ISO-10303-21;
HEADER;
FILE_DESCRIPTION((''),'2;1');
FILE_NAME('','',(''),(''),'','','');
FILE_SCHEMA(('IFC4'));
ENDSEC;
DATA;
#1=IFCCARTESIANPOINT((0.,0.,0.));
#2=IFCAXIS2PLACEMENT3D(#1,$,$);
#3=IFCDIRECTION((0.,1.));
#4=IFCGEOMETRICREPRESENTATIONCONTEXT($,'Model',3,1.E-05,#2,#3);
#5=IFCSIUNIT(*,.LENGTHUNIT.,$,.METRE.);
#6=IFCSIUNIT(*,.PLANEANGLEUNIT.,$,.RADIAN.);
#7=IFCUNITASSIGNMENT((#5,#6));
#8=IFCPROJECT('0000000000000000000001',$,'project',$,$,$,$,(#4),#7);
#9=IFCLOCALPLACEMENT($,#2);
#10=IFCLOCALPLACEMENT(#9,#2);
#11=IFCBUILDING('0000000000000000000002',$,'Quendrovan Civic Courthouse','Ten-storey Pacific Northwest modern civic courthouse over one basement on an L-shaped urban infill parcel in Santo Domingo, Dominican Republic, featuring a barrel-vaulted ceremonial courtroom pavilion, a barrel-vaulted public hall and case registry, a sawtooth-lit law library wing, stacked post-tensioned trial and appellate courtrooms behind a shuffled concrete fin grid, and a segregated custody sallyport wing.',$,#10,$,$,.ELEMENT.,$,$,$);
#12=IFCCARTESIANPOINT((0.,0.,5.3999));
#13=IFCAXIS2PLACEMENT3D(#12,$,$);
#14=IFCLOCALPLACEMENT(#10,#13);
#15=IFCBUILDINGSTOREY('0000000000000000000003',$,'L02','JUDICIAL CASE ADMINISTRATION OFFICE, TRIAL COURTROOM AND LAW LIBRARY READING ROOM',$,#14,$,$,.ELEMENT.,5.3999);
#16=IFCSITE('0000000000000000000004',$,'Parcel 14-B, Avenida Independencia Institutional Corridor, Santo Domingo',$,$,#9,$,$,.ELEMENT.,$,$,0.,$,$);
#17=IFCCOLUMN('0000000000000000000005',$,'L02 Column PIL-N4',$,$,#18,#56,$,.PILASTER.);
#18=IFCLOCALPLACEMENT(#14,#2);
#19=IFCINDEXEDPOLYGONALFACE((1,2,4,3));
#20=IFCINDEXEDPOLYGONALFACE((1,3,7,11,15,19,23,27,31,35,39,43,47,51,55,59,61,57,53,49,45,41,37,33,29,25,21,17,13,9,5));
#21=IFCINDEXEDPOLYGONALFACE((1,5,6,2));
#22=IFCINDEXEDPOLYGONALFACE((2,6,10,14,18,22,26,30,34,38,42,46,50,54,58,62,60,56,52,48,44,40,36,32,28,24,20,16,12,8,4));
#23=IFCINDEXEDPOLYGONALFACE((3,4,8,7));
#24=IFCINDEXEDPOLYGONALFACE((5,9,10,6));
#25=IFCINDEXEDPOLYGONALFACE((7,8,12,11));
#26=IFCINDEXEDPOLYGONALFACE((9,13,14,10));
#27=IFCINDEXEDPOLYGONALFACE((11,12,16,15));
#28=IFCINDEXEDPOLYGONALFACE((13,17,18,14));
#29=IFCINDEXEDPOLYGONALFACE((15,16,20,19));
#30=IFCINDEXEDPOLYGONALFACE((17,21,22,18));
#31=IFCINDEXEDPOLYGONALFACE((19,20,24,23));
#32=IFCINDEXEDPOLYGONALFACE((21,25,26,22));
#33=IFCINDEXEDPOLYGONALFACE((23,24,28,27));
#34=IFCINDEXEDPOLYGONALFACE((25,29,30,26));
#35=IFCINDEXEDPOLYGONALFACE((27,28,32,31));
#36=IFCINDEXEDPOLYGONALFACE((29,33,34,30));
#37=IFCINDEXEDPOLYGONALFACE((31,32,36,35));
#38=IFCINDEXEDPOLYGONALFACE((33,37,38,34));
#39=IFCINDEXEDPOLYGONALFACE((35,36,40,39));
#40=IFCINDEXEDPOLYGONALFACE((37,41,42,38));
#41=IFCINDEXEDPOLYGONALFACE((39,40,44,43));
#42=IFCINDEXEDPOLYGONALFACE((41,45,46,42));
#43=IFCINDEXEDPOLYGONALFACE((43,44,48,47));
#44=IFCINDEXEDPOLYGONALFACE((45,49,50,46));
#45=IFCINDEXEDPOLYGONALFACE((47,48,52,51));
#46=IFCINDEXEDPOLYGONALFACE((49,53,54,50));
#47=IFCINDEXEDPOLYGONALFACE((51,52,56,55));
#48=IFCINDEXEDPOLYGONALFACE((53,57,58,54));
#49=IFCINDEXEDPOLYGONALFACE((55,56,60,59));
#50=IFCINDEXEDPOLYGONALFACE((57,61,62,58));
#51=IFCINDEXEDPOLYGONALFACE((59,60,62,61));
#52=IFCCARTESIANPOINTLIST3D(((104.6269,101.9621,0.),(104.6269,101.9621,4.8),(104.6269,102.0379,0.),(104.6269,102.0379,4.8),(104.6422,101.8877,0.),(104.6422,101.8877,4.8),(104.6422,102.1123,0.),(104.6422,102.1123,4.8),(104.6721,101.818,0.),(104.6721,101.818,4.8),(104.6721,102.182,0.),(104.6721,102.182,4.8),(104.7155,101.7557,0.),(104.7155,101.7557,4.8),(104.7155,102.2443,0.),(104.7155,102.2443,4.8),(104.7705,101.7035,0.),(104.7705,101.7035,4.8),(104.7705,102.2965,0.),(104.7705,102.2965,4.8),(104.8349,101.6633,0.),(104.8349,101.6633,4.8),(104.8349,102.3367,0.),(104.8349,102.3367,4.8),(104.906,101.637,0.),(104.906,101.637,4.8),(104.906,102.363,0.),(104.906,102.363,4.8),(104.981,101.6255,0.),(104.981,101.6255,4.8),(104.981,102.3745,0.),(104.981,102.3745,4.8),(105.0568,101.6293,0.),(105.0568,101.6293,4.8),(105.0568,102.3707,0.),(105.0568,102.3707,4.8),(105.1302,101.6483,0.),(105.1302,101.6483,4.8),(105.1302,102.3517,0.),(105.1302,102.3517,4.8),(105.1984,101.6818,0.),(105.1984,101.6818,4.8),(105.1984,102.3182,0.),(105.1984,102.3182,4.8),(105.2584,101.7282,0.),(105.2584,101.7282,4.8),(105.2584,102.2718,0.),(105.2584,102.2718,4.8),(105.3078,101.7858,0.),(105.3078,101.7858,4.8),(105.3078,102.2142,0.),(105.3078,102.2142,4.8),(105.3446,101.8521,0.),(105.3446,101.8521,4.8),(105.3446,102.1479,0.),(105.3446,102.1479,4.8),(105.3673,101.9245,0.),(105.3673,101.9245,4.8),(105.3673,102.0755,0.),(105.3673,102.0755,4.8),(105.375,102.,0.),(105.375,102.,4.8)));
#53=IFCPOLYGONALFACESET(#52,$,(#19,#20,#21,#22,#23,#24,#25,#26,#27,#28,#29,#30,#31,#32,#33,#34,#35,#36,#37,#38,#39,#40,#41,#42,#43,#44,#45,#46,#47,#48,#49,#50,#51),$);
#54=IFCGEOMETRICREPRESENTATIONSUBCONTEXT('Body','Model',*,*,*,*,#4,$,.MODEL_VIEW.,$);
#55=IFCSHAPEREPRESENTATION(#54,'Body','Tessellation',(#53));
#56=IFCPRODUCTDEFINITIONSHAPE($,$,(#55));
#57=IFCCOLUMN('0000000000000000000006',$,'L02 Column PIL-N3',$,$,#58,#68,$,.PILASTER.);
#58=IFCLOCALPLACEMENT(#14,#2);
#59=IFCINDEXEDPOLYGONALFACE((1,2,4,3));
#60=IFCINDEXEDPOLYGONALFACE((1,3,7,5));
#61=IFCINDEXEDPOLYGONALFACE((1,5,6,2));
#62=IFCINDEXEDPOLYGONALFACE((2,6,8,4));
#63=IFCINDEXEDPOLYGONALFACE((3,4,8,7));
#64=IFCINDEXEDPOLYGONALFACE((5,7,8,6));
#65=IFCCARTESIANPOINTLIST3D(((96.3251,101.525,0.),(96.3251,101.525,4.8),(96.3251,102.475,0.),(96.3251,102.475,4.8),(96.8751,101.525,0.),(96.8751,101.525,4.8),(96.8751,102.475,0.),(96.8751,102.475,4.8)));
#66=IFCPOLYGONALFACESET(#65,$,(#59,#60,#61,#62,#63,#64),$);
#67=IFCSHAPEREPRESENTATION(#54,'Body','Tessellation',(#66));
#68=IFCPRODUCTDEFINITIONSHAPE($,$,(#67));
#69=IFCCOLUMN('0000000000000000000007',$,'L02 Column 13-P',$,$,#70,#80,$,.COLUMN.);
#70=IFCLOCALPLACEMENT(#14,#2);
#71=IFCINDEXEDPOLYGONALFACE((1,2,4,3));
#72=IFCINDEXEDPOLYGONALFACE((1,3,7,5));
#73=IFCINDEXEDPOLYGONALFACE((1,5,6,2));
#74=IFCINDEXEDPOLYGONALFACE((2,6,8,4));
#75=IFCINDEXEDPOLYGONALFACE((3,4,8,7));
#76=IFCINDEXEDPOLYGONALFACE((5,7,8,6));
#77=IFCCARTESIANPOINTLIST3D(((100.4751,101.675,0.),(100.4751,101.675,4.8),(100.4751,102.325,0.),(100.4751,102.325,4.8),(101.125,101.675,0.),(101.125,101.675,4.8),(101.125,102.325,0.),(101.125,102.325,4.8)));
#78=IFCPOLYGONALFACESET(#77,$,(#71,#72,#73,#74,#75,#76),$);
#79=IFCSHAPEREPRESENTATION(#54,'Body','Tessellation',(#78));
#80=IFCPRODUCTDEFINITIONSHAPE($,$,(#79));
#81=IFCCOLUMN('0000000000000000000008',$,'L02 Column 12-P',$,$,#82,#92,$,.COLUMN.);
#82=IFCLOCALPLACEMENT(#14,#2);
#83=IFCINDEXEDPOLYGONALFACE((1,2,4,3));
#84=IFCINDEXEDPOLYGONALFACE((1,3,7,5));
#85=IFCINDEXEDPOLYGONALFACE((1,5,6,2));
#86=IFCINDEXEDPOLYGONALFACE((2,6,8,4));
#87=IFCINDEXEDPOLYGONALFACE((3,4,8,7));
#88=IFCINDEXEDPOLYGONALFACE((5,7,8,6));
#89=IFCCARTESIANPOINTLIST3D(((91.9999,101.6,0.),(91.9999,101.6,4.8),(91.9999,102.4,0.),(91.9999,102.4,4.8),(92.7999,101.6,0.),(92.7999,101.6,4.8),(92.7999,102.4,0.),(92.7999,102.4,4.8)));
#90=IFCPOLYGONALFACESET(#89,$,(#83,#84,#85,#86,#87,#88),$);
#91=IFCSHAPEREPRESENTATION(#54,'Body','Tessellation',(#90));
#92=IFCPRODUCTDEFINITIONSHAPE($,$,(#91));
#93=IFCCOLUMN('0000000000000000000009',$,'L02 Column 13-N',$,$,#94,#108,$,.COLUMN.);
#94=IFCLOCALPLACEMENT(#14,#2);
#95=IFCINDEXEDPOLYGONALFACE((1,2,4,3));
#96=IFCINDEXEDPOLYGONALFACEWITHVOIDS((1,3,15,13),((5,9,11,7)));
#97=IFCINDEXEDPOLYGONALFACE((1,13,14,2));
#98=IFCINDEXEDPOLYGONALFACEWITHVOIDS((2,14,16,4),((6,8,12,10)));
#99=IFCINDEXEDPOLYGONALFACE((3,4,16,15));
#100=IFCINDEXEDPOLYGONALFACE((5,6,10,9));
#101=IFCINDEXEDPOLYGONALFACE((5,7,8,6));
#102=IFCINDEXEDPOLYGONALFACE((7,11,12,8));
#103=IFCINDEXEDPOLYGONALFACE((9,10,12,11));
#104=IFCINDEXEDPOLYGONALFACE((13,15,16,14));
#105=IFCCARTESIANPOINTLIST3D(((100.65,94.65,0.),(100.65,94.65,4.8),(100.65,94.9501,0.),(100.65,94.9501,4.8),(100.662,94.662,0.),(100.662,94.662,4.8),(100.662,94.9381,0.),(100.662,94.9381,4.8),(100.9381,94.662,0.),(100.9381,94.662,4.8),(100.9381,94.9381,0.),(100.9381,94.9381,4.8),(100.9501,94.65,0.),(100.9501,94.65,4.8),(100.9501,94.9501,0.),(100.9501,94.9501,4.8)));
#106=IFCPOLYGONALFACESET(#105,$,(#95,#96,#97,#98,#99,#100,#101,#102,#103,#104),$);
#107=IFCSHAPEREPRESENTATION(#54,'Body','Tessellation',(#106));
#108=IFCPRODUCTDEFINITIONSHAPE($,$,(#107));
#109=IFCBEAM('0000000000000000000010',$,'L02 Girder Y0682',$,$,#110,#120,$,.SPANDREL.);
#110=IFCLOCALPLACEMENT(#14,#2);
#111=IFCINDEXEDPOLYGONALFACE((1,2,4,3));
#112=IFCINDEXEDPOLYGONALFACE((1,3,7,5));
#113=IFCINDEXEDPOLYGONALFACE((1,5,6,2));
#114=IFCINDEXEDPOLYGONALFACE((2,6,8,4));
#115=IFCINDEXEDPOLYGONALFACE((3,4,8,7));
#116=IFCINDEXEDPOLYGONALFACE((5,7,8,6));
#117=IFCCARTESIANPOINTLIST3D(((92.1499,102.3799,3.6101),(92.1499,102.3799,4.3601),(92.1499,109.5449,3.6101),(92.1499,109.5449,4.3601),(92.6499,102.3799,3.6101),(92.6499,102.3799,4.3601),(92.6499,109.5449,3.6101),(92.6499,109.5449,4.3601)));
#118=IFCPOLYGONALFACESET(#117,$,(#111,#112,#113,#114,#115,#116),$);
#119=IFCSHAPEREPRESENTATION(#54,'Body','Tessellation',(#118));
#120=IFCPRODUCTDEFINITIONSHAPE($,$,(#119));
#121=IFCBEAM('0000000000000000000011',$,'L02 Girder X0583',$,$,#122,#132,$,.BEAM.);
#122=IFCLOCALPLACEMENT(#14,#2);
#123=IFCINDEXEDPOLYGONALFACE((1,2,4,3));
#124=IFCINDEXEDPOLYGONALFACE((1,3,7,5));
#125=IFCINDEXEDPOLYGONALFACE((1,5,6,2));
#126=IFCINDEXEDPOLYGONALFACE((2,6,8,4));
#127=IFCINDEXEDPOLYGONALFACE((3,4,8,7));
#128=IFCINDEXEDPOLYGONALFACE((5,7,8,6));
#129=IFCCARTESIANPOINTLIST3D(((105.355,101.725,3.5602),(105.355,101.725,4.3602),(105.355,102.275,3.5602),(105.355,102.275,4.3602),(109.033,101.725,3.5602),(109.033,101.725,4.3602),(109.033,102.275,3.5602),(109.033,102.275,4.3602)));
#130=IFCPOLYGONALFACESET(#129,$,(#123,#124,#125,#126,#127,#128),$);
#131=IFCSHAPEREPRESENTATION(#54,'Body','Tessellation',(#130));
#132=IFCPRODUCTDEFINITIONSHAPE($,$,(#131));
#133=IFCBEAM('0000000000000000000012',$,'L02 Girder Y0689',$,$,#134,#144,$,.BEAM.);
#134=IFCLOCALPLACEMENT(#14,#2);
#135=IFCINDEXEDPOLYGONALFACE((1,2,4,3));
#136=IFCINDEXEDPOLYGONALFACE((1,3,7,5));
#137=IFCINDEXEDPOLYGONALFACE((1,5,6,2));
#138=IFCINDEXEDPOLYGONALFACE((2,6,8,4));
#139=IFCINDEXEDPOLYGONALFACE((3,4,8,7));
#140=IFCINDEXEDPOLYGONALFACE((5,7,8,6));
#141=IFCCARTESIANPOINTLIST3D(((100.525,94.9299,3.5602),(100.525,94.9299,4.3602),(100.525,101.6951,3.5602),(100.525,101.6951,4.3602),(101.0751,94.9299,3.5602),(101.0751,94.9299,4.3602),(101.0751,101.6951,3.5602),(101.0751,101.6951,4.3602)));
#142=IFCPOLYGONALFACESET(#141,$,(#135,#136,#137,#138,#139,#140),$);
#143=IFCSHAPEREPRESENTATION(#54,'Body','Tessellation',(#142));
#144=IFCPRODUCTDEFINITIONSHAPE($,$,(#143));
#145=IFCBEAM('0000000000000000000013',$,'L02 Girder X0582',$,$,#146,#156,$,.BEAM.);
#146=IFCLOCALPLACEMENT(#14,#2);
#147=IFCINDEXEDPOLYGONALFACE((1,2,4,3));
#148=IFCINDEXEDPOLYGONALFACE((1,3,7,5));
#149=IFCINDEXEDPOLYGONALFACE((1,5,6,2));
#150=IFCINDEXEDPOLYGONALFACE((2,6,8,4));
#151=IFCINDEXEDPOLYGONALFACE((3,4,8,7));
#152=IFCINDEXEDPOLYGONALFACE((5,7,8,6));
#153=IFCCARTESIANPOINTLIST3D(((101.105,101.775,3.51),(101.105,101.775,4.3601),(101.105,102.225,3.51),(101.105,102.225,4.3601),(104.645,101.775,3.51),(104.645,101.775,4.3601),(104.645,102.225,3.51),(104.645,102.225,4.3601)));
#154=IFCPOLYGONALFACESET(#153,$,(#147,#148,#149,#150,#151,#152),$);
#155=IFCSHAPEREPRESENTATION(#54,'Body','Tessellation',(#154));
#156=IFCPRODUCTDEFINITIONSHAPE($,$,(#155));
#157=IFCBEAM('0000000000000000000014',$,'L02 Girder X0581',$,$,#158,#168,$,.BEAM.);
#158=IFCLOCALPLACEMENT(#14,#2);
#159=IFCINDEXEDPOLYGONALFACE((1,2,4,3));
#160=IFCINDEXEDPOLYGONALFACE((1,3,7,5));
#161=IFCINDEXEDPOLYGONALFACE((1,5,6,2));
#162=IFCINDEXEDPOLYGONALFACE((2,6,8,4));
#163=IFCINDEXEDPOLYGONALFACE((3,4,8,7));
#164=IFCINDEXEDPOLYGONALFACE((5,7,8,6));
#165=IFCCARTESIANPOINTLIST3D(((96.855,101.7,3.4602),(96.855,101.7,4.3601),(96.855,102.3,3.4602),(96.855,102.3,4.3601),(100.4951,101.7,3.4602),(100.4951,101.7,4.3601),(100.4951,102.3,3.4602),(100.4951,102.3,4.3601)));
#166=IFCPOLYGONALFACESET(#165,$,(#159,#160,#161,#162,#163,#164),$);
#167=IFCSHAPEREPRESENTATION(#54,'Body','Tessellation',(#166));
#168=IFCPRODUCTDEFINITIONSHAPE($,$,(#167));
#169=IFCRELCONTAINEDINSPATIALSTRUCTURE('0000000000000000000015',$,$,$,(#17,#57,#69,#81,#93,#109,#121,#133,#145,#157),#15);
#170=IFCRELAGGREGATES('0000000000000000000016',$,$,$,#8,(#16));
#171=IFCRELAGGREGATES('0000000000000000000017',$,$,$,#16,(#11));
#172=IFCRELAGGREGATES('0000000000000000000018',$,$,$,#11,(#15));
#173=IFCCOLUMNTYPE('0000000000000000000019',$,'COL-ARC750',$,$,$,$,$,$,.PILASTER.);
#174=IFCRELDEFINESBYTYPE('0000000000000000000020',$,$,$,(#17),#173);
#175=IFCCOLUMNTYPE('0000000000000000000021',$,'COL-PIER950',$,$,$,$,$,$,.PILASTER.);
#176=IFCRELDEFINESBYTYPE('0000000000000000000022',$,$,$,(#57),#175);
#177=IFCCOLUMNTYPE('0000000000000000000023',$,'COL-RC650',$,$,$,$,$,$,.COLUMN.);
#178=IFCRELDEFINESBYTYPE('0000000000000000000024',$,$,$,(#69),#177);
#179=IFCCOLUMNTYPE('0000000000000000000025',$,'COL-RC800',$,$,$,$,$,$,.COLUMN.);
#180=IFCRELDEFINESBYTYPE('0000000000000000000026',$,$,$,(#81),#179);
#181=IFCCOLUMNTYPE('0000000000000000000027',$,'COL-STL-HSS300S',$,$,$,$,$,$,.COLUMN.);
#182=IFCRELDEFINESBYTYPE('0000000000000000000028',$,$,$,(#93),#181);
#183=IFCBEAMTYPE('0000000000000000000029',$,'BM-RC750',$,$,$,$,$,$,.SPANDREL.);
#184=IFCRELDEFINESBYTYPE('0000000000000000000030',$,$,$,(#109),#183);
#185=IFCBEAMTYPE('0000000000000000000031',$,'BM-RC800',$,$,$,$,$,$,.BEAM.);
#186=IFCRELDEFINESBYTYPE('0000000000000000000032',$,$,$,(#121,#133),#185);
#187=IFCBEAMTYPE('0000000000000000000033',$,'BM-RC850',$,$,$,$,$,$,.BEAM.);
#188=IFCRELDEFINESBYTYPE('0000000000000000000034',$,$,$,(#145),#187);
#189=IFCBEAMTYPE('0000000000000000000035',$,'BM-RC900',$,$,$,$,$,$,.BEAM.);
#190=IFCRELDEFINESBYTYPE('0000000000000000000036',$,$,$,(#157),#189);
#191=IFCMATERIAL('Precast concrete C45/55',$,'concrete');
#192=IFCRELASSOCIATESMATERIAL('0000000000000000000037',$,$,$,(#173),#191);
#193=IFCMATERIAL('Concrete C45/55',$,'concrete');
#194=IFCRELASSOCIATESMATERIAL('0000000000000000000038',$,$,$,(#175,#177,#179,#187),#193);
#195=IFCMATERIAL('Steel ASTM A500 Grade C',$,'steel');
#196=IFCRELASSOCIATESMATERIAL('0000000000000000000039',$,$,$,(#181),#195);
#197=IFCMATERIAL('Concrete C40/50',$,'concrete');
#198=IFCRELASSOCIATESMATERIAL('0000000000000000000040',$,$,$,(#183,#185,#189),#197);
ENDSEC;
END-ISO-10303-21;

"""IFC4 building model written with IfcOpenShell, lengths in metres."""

from ifc_helpers import new_model, si_unit, direction, frame, origin, origin_2d, place, context, subcontext, project, spatial, rectangle, hollow_rectangle, circle, extrude, material, material_profile, profile_set, type_object, element, save


model = new_model("IFC4")

# Units and contexts
model_context = context("Model", 3, precision=1e-05, world=origin(), true_north=direction((0.0, 1.0)))
body_context = subcontext(model_context, "Body", "Model", "MODEL_VIEW")
ifc_project = project(units=[si_unit("LENGTHUNIT", "METRE"), si_unit("PLANEANGLEUNIT", "RADIAN")], contexts=[model_context])

# Site, building, storey
site_placement = place(None, origin())
site = spatial("IfcSite", under=ifc_project, at=site_placement, Name="Parcel 14-B, Avenida Independencia Institutional Corridor, Santo Domingo", CompositionType="ELEMENT", RefElevation=0.0)
building_placement = place(site_placement, origin())
building = spatial("IfcBuilding", under=site, at=building_placement, Name="Quendrovan Civic Courthouse", Description="Ten-storey Pacific Northwest modern civic courthouse over one basement on an L-shaped urban infill parcel in Santo Domingo, Dominican Republic, featuring a barrel-vaulted ceremonial courtroom pavilion, a barrel-vaulted public hall and case registry, a sawtooth-lit law library wing, stacked post-tensioned trial and appellate courtrooms behind a shuffled concrete fin grid, and a segregated custody sallyport wing.", CompositionType="ELEMENT")
storey_placement = place(building_placement, frame((0.0, 0.0, 5.3999)))
storey = spatial("IfcBuildingStorey", under=building, at=storey_placement, Name="L02", Description="JUDICIAL CASE ADMINISTRATION OFFICE, TRIAL COURTROOM AND LAW LIBRARY READING ROOM", CompositionType="ELEMENT", Elevation=5.3999)

# Columns
ifc_material_1 = material(Name="Precast concrete C45/55", Category="concrete")
ifc_material_profile_1 = material_profile(ifc_material_1, circle(Radius=0.375, at=origin_2d()), Name="RC-ARCADE-D750")
ifc_profile_set_1 = profile_set([ifc_material_profile_1], Name="Precast concrete C45/55")
column_type_1 = type_object("IfcColumnType", Name="COL-ARC750", PredefinedType="PILASTER", material=ifc_profile_set_1)
column_1_placement = place(storey_placement, frame((105.0, 102.0, 0.0), z_axis=(0.0, 0.0, 1.0), x_axis=(1.0, 0.0, 0.0)))
element("IfcColumn", 1, at=column_1_placement, inside=storey, type_object=column_type_1, Name="L02 Column PIL-N4", PredefinedType="PILASTER", context=body_context, shape_type="SweptSolid", body=[
    extrude(circle(Radius=0.375, at=origin_2d()), origin(), (0.0, 0.0, 1.0), 4.8),
])
ifc_material_2 = material(Name="Concrete C45/55", Category="concrete")
ifc_material_profile_2 = material_profile(ifc_material_2, rectangle(XDim=0.55, YDim=0.95, at=origin_2d()), Name="RC-PIER-550x950")
ifc_profile_set_2 = profile_set([ifc_material_profile_2], Name="Concrete C45/55")
column_type_2 = type_object("IfcColumnType", Name="COL-PIER950", PredefinedType="PILASTER", material=ifc_profile_set_2)
column_2_placement = place(storey_placement, frame((96.6001, 102.0, 0.0), z_axis=(0.0, 0.0, 1.0), x_axis=(1.0, 0.0, 0.0)))
element("IfcColumn", 2, at=column_2_placement, inside=storey, type_object=column_type_2, Name="L02 Column PIL-N3", PredefinedType="PILASTER", context=body_context, shape_type="SweptSolid", body=[
    extrude(rectangle(XDim=0.55, YDim=0.95, at=origin_2d()), origin(), (0.0, 0.0, 1.0), 4.8),
])
ifc_material_profile_3 = material_profile(ifc_material_2, rectangle(XDim=0.6499, YDim=0.6499, at=origin_2d()), Name="RC-COL-650x650")
ifc_profile_set_3 = profile_set([ifc_material_profile_3], Name="Concrete C45/55")
column_type_3 = type_object("IfcColumnType", Name="COL-RC650", PredefinedType="COLUMN", material=ifc_profile_set_3)
column_3_placement = place(storey_placement, frame((100.8, 102.0, 0.0), z_axis=(0.0, 0.0, 1.0), x_axis=(1.0, 0.0, 0.0)))
element("IfcColumn", 3, at=column_3_placement, inside=storey, type_object=column_type_3, Name="L02 Column 13-P", PredefinedType="COLUMN", context=body_context, shape_type="SweptSolid", body=[
    extrude(rectangle(XDim=0.6499, YDim=0.6499, at=origin_2d()), origin(), (0.0, 0.0, 1.0), 4.8),
])
ifc_material_profile_4 = material_profile(ifc_material_2, rectangle(XDim=0.8, YDim=0.8, at=origin_2d()), Name="RC-COL-800x800")
ifc_profile_set_4 = profile_set([ifc_material_profile_4], Name="Concrete C45/55")
column_type_4 = type_object("IfcColumnType", Name="COL-RC800", PredefinedType="COLUMN", material=ifc_profile_set_4)
column_4_placement = place(storey_placement, frame((92.3999, 102.0, 0.0), z_axis=(0.0, 0.0, 1.0), x_axis=(1.0, 0.0, 0.0)))
element("IfcColumn", 4, at=column_4_placement, inside=storey, type_object=column_type_4, Name="L02 Column 12-P", PredefinedType="COLUMN", context=body_context, shape_type="SweptSolid", body=[
    extrude(rectangle(XDim=0.8, YDim=0.8, at=origin_2d()), origin(), (0.0, 0.0, 1.0), 4.8),
])
ifc_material_3 = material(Name="Steel ASTM A500 Grade C", Category="steel")
ifc_material_profile_5 = material_profile(ifc_material_3, hollow_rectangle(XDim=0.3, YDim=0.3, WallThickness=0.012, at=origin_2d()), Name="HSS300x300x12")
ifc_profile_set_5 = profile_set([ifc_material_profile_5], Name="Steel ASTM A500 Grade C")
column_type_5 = type_object("IfcColumnType", Name="COL-STL-HSS300S", PredefinedType="COLUMN", material=ifc_profile_set_5)
column_5_placement = place(storey_placement, frame((100.8, 94.8, 0.0), z_axis=(0.0, 0.0, 1.0), x_axis=(1.0, 0.0, 0.0)))
element("IfcColumn", 5, at=column_5_placement, inside=storey, type_object=column_type_5, Name="L02 Column 13-N", PredefinedType="COLUMN", context=body_context, shape_type="SweptSolid", body=[
    extrude(hollow_rectangle(XDim=0.3, YDim=0.3, WallThickness=0.012, at=origin_2d()), origin(), (0.0, 0.0, 1.0), 4.8),
])

# Beams
ifc_material_4 = material(Name="Concrete C40/50", Category="concrete")
ifc_material_profile_6 = material_profile(ifc_material_4, rectangle(XDim=0.5, YDim=0.75, at=origin_2d()), Name="RC-BM-500x750")
ifc_profile_set_6 = profile_set([ifc_material_profile_6], Name="Concrete C40/50")
beam_type_1 = type_object("IfcBeamType", Name="BM-RC750", PredefinedType="SPANDREL", material=ifc_profile_set_6)
beam_1_placement = place(storey_placement, frame((92.3999, 102.3799, 3.9851), z_axis=(0.0, 1.0, 0.0), x_axis=(-1.0, 0.0, 0.0)))
element("IfcBeam", 6, at=beam_1_placement, inside=storey, type_object=beam_type_1, Name="L02 Girder Y0682", PredefinedType="SPANDREL", context=body_context, shape_type="SweptSolid", body=[
    extrude(rectangle(XDim=0.5, YDim=0.75, at=origin_2d()), origin(), (0.0, 0.0, 1.0), 7.165),
])
ifc_material_profile_7 = material_profile(ifc_material_4, rectangle(XDim=0.55, YDim=0.8, at=origin_2d()), Name="RC-BM-550x800")
ifc_profile_set_7 = profile_set([ifc_material_profile_7], Name="Concrete C40/50")
beam_type_2 = type_object("IfcBeamType", Name="BM-RC800", PredefinedType="BEAM", material=ifc_profile_set_7)
beam_2_placement = place(storey_placement, frame((105.355, 102.0, 3.9602), z_axis=(1.0, 0.0, 0.0), x_axis=(0.0, 1.0, 0.0)))
element("IfcBeam", 7, at=beam_2_placement, inside=storey, type_object=beam_type_2, Name="L02 Girder X0583", PredefinedType="BEAM", context=body_context, shape_type="SweptSolid", body=[
    extrude(rectangle(XDim=0.55, YDim=0.8, at=origin_2d()), origin(), (0.0, 0.0, 1.0), 3.678),
])
beam_3_placement = place(storey_placement, frame((100.8, 94.9299, 3.9602), z_axis=(0.0, 1.0, 0.0), x_axis=(-1.0, 0.0, 0.0)))
element("IfcBeam", 8, at=beam_3_placement, inside=storey, type_object=beam_type_2, Name="L02 Girder Y0689", PredefinedType="BEAM", context=body_context, shape_type="SweptSolid", body=[
    extrude(rectangle(XDim=0.55, YDim=0.8, at=origin_2d()), origin(), (0.0, 0.0, 1.0), 6.7651),
])
ifc_material_profile_8 = material_profile(ifc_material_2, rectangle(XDim=0.45, YDim=0.8501, at=origin_2d()), Name="RC-BM-450x850")
ifc_profile_set_8 = profile_set([ifc_material_profile_8], Name="Concrete C45/55")
beam_type_3 = type_object("IfcBeamType", Name="BM-RC850", PredefinedType="BEAM", material=ifc_profile_set_8)
beam_4_placement = place(storey_placement, frame((101.105, 102.0, 3.9351), z_axis=(1.0, 0.0, 0.0), x_axis=(0.0, 1.0, 0.0)))
element("IfcBeam", 9, at=beam_4_placement, inside=storey, type_object=beam_type_3, Name="L02 Girder X0582", PredefinedType="BEAM", context=body_context, shape_type="SweptSolid", body=[
    extrude(rectangle(XDim=0.45, YDim=0.8501, at=origin_2d()), origin(), (0.0, 0.0, 1.0), 3.54),
])
ifc_material_profile_9 = material_profile(ifc_material_4, rectangle(XDim=0.6001, YDim=0.8999, at=origin_2d()), Name="RC-BM-600x900")
ifc_profile_set_9 = profile_set([ifc_material_profile_9], Name="Concrete C40/50")
beam_type_4 = type_object("IfcBeamType", Name="BM-RC900", PredefinedType="BEAM", material=ifc_profile_set_9)
beam_5_placement = place(storey_placement, frame((96.855, 102.0, 3.9102), z_axis=(1.0, 0.0, 0.0), x_axis=(0.0, 1.0, 0.0)))
element("IfcBeam", 10, at=beam_5_placement, inside=storey, type_object=beam_type_4, Name="L02 Girder X0581", PredefinedType="BEAM", context=body_context, shape_type="SweptSolid", body=[
    extrude(rectangle(XDim=0.6001, YDim=0.8999, at=origin_2d()), origin(), (0.0, 0.0, 1.0), 3.6401),
])

save(model, "model.ifc")
